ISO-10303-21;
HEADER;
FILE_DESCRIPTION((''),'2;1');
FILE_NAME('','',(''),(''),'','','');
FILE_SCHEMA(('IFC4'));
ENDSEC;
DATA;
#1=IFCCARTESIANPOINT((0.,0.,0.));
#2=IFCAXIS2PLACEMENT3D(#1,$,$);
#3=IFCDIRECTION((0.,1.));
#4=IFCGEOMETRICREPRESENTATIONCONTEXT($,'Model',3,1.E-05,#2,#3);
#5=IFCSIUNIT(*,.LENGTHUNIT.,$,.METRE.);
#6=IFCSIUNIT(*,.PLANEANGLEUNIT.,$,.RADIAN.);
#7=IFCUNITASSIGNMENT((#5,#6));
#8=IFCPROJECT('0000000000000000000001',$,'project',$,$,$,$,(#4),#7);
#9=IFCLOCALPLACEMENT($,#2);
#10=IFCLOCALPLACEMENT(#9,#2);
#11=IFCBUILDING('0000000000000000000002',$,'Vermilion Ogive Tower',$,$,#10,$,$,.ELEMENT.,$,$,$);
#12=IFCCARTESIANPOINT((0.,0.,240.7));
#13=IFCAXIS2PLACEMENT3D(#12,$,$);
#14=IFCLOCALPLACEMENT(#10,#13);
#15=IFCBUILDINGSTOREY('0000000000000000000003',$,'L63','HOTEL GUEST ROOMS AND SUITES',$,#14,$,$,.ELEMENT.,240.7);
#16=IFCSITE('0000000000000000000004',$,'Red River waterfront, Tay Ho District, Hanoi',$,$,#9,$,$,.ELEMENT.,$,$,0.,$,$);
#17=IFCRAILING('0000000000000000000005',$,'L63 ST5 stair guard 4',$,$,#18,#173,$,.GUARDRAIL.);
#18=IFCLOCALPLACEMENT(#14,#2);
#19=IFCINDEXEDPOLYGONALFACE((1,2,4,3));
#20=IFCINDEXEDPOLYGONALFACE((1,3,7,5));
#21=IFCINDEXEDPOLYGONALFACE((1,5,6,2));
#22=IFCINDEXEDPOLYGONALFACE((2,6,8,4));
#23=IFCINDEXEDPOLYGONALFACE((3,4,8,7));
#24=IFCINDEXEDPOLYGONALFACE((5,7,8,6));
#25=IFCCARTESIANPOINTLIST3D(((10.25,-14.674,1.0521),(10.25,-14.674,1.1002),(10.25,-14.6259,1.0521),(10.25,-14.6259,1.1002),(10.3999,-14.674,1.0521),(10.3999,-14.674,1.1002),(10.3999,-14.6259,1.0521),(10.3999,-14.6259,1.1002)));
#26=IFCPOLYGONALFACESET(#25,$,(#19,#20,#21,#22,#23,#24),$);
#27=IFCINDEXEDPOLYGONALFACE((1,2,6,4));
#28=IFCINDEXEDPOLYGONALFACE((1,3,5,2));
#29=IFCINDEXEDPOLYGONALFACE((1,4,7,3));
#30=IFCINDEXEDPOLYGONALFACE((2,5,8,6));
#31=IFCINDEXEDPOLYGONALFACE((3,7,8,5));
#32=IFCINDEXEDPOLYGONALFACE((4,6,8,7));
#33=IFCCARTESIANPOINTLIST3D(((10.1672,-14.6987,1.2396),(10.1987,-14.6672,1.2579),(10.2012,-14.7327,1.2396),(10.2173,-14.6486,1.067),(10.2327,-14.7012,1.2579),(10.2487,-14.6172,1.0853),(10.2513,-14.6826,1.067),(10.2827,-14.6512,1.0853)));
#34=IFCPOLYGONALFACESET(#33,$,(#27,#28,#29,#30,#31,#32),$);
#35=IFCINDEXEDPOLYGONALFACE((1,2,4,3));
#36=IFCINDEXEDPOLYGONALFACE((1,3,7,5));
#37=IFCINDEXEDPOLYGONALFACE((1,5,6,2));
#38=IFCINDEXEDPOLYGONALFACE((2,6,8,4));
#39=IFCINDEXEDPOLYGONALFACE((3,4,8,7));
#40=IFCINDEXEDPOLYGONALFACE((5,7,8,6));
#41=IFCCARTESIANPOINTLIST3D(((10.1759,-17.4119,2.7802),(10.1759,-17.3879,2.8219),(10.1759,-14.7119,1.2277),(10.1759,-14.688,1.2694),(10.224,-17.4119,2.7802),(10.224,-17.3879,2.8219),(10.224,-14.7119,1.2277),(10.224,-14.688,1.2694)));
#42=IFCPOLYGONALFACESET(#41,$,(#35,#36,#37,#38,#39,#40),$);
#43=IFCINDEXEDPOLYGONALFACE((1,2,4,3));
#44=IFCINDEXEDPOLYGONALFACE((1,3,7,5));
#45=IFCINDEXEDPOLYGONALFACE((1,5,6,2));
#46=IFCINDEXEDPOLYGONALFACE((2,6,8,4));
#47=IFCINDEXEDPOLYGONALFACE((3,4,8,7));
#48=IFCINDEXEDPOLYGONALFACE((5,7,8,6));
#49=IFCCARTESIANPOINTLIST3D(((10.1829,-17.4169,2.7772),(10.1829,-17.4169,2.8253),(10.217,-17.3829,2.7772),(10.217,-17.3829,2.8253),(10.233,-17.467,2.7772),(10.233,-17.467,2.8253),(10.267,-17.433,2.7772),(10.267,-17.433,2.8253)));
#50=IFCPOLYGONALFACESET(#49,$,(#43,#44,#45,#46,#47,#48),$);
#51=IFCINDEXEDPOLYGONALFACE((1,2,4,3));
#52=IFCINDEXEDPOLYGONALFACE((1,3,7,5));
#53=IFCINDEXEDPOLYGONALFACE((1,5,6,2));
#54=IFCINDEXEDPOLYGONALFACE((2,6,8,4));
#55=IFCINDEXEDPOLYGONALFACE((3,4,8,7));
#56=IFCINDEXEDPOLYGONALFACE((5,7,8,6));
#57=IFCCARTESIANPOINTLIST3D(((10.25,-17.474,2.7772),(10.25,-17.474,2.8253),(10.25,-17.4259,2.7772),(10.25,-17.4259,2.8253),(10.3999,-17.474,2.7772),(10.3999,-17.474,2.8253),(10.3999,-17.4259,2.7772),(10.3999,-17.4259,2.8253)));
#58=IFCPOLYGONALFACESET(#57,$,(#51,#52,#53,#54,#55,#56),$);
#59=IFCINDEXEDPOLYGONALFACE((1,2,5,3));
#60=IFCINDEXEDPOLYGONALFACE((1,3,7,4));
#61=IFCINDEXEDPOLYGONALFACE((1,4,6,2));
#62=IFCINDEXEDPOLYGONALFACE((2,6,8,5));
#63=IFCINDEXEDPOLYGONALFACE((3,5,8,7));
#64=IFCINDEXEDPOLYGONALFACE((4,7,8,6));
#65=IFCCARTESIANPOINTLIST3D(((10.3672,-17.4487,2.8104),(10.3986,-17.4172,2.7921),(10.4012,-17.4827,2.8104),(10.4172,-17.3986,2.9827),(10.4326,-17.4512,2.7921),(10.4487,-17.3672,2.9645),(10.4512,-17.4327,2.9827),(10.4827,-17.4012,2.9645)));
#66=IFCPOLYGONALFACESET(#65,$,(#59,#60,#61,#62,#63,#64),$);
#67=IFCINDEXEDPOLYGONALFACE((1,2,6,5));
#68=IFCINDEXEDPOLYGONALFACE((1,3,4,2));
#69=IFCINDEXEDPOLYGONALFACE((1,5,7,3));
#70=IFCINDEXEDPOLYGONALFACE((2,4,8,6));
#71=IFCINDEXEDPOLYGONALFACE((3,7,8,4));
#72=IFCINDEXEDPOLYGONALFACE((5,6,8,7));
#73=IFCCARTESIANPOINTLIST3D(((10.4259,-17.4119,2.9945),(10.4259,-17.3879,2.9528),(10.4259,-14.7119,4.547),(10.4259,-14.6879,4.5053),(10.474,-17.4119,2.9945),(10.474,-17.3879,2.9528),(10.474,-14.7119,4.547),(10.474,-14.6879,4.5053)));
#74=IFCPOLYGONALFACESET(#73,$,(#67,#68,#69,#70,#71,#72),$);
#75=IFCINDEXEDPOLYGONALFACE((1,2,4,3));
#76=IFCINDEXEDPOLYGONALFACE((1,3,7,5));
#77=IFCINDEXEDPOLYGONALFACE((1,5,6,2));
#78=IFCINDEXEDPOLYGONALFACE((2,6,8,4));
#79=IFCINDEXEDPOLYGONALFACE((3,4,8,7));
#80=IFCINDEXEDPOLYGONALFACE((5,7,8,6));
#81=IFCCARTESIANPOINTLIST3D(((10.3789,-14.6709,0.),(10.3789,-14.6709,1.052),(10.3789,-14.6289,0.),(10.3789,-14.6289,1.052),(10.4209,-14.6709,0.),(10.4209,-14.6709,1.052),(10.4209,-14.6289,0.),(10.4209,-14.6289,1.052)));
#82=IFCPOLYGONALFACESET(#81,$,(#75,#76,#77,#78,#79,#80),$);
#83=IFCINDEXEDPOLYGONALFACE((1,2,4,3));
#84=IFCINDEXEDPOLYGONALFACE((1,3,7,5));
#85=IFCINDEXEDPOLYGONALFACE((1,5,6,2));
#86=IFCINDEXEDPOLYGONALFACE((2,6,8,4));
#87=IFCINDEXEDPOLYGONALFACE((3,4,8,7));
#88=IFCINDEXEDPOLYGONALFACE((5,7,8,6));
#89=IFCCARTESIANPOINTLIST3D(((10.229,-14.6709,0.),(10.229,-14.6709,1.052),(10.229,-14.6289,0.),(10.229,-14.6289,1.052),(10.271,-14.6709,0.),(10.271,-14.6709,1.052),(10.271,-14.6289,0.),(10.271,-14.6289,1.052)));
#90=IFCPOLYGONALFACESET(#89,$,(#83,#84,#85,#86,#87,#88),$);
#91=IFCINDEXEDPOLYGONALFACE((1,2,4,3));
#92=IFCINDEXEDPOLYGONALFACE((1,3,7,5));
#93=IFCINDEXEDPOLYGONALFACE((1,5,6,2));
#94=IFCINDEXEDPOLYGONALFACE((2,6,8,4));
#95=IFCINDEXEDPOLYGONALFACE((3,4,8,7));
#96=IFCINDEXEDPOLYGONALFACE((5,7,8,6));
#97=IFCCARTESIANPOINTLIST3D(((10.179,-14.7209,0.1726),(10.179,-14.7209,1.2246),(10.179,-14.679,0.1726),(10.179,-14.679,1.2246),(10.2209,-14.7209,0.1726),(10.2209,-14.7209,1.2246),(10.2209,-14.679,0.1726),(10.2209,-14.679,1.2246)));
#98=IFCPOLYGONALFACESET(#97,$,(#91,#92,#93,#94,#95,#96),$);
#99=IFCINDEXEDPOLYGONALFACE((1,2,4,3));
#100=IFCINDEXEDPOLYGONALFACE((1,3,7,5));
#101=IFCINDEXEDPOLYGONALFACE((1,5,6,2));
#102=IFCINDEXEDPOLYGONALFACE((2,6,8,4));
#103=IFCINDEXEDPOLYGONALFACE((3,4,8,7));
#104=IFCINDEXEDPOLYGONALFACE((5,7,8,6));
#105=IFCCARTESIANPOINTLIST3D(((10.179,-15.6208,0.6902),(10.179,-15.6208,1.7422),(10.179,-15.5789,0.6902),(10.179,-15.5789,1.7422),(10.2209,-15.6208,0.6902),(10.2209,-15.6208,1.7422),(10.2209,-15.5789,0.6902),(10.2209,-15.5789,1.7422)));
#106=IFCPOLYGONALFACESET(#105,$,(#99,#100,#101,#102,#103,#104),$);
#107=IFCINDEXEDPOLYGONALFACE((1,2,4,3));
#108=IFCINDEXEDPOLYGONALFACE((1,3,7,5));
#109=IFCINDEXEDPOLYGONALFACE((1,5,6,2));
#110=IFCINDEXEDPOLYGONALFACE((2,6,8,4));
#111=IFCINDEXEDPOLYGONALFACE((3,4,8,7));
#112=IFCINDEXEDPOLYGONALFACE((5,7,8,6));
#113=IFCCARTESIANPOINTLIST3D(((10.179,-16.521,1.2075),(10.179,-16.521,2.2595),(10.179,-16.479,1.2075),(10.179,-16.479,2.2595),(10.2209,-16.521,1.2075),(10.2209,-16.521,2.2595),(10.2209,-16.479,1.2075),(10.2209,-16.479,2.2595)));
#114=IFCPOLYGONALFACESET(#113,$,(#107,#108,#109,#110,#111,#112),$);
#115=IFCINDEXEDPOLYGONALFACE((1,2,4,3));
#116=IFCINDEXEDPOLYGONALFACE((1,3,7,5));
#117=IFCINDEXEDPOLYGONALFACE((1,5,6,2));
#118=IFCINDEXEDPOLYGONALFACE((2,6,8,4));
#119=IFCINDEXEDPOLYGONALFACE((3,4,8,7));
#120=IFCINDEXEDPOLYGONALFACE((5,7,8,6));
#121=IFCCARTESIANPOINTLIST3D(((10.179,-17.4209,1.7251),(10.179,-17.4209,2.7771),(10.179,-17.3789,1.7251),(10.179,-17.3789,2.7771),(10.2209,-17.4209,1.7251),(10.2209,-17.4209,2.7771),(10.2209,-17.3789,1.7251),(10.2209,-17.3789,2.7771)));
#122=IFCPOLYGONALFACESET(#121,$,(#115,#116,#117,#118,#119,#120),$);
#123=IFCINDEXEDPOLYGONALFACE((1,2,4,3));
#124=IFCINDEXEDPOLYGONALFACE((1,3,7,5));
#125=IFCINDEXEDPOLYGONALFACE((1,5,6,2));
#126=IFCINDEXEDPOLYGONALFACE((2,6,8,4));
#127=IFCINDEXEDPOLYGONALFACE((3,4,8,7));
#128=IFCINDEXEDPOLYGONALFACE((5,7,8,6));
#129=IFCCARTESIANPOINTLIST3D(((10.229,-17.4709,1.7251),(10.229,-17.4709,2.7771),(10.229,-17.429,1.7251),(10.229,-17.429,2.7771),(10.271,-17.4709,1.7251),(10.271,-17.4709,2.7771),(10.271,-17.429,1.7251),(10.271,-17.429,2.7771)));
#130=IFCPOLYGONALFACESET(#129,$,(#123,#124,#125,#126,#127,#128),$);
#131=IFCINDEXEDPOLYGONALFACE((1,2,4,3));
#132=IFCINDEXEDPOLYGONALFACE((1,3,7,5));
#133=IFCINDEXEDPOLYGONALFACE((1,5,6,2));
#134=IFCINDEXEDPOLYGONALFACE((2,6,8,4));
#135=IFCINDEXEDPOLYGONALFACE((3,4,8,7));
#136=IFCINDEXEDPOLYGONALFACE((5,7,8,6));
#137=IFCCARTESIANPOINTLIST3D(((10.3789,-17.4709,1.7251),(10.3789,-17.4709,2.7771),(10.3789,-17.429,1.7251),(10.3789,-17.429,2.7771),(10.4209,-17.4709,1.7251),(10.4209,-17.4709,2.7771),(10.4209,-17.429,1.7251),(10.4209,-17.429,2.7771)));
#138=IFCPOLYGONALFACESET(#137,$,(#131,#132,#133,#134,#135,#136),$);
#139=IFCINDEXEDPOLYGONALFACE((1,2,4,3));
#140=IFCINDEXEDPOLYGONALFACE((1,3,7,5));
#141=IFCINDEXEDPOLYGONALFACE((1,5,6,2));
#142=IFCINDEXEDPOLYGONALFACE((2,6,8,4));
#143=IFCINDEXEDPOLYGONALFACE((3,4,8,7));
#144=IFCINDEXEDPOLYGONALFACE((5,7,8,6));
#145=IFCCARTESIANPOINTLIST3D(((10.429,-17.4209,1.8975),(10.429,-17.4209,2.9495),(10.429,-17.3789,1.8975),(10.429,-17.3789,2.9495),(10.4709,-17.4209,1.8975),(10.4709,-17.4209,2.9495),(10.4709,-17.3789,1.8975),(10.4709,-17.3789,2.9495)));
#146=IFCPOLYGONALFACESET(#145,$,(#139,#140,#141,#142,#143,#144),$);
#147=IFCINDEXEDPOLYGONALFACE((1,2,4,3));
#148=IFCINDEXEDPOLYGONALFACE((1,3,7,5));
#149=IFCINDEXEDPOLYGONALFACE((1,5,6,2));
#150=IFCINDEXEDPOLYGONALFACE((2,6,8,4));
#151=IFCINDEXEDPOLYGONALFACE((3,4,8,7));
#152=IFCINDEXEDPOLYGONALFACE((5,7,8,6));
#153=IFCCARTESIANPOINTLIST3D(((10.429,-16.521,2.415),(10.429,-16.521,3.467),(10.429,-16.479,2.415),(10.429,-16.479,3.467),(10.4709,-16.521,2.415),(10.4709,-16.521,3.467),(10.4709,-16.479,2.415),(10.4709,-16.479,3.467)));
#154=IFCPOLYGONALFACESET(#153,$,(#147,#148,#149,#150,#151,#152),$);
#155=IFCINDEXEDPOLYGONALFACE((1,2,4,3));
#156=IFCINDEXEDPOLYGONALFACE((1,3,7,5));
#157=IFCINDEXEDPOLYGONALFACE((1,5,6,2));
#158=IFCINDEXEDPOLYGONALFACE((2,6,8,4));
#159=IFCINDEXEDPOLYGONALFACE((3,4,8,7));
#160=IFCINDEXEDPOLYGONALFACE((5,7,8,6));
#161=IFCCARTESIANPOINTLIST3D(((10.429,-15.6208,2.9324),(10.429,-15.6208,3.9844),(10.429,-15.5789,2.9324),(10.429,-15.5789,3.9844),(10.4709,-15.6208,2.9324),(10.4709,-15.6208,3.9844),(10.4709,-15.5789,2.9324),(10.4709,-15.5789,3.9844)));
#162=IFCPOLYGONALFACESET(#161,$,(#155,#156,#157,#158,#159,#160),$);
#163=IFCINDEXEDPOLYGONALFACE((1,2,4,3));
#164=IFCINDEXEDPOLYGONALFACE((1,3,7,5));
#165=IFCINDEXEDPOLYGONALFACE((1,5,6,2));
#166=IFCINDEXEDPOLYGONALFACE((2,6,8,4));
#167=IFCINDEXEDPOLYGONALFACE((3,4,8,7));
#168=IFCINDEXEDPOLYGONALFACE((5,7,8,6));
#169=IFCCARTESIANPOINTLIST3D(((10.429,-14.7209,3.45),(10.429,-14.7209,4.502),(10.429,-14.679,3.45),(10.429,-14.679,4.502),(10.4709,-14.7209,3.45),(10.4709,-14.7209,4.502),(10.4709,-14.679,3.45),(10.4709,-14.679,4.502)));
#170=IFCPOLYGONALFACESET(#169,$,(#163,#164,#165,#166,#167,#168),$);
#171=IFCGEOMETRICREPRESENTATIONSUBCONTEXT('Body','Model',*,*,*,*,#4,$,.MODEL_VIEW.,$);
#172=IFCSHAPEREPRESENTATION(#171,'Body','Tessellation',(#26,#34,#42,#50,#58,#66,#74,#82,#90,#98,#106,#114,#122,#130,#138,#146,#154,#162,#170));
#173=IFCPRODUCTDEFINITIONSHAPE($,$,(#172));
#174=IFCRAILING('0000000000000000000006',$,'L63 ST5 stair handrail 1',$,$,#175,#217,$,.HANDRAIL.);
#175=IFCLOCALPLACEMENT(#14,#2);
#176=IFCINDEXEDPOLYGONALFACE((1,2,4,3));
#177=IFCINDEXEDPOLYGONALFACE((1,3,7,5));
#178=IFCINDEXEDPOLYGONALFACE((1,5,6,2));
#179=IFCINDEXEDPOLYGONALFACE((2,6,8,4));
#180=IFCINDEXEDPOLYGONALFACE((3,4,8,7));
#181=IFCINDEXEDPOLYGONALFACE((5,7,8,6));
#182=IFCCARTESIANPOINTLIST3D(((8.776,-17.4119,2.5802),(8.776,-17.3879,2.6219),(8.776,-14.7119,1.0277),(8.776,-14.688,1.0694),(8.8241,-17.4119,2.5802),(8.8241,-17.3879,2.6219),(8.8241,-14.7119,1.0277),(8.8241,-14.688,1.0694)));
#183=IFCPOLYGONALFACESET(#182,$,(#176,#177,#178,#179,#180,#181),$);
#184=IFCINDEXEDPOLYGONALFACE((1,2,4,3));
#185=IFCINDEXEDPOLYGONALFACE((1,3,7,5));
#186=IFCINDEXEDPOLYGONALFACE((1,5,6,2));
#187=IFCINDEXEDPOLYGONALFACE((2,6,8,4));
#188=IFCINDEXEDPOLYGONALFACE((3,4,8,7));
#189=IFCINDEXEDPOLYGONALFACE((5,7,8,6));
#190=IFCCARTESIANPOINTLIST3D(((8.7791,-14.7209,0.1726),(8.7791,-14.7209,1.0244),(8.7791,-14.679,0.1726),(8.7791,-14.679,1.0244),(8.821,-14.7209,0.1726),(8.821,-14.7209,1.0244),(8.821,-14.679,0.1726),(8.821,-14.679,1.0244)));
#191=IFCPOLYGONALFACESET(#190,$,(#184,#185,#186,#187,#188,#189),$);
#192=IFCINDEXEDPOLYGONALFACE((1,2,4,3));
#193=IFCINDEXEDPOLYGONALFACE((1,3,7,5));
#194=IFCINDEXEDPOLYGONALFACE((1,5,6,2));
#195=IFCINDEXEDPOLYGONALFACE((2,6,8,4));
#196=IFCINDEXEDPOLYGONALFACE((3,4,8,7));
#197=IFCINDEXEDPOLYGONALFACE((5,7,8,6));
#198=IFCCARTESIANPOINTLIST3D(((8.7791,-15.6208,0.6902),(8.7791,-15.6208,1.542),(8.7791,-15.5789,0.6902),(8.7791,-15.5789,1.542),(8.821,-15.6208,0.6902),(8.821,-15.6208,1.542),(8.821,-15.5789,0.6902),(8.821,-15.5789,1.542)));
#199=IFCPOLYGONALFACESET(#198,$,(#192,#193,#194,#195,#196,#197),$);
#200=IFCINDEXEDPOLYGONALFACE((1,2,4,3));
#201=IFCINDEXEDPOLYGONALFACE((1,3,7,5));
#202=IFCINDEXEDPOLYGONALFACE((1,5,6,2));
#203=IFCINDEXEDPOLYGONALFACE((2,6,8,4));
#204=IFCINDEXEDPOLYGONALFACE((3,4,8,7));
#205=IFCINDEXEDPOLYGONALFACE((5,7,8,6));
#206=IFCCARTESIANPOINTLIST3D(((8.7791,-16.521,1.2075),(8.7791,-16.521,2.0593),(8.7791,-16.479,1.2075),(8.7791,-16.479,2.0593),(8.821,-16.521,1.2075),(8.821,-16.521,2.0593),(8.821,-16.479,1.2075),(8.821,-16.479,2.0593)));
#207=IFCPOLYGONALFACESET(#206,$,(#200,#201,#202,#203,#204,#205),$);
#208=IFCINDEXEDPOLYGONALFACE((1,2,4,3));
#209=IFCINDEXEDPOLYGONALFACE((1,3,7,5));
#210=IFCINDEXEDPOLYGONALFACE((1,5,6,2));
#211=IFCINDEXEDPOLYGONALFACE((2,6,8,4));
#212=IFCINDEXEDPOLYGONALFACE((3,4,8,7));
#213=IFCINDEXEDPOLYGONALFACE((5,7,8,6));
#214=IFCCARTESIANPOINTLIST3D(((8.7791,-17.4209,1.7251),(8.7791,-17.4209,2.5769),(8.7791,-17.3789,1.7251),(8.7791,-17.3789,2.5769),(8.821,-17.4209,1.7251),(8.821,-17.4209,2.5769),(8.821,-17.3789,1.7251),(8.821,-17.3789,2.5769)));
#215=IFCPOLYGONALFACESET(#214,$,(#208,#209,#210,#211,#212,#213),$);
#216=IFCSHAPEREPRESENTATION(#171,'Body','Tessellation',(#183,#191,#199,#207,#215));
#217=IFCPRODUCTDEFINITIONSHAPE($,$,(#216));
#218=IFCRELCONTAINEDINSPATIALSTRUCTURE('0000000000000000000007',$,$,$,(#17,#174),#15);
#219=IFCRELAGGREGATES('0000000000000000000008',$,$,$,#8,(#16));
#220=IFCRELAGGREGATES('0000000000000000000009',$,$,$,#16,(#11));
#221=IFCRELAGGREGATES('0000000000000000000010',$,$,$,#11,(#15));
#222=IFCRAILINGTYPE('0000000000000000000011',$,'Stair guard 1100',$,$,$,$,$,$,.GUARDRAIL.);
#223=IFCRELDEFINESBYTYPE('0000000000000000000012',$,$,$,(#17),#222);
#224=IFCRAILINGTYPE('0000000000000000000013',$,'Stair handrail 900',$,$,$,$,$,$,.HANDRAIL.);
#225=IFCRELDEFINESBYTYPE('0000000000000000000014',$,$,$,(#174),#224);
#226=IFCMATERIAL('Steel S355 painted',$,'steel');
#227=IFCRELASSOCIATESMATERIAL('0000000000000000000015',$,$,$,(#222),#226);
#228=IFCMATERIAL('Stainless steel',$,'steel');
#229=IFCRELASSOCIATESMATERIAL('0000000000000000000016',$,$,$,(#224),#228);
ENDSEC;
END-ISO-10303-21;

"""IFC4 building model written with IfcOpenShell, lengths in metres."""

from ifc_helpers import new_model, si_unit, direction, frame, origin, origin_2d, place, context, subcontext, project, spatial, rectangle, extrude, material, type_object, element, save


model = new_model("IFC4")

# Units and contexts
model_context = context("Model", 3, precision=1e-05, world=origin(), true_north=direction((0.0, 1.0)))
body_context = subcontext(model_context, "Body", "Model", "MODEL_VIEW")
ifc_project = project(units=[si_unit("LENGTHUNIT", "METRE"), si_unit("PLANEANGLEUNIT", "RADIAN")], contexts=[model_context])

# Site, building, storey
site_placement = place(None, origin())
site = spatial("IfcSite", under=ifc_project, at=site_placement, Name="Red River waterfront, Tay Ho District, Hanoi", CompositionType="ELEMENT", RefElevation=0.0)
building_placement = place(site_placement, origin())
building = spatial("IfcBuilding", under=site, at=building_placement, Name="Vermilion Ogive Tower", CompositionType="ELEMENT")
storey_placement = place(building_placement, frame((0.0, 0.0, 240.7)))
storey = spatial("IfcBuildingStorey", under=building, at=storey_placement, Name="L63", Description="HOTEL GUEST ROOMS AND SUITES", CompositionType="ELEMENT", Elevation=240.7)

# Railings
ifc_material_1 = material(Name="Steel S355 painted", Category="steel")
railing_type_1 = type_object("IfcRailingType", Name="Stair guard 1100", PredefinedType="GUARDRAIL", material=ifc_material_1)
railing_1_placement = place(storey_placement, frame((10.3999, -14.6499, 0.0)))
element("IfcRailing", 1, at=railing_1_placement, inside=storey, type_object=railing_type_1, Name="L63 ST5 stair guard 4", PredefinedType="GUARDRAIL", context=body_context, shape_type="SweptSolid", body=[
    extrude(rectangle(XDim=0.0481, YDim=0.0481, at=origin_2d()), frame((0.0, 0.0, 1.0762), z_axis=(-1.0, 0.0, 0.0), x_axis=(0.0, -1.0, 0.0)), (0.0, 0.0, 1.0), 0.1499),
    extrude(rectangle(XDim=0.0481, YDim=0.0481, at=origin_2d()), frame((-0.1499, 0.0, 1.0762), z_axis=(-0.268278, -0.268278, 0.925232), x_axis=(0.707107, -0.707107, 0.0)), (0.0, 0.0, 1.0), 0.1865),
    extrude(rectangle(XDim=0.0481, YDim=0.0481, at=origin_2d()), frame((-0.2, -0.05, 1.2485), z_axis=(0.0, -0.866904, 0.498476), x_axis=(1.0, 0.0, 0.0)), (0.0, 0.0, 1.0), 3.1145),
    extrude(rectangle(XDim=0.0481, YDim=0.0481, at=origin_2d()), frame((-0.2, -2.75, 2.8013), z_axis=(0.707107, -0.707107, 0.0), x_axis=(0.707107, 0.707107, 0.0)), (0.0, 0.0, 1.0), 0.0708),
    extrude(rectangle(XDim=0.0481, YDim=0.0481, at=origin_2d()), frame((-0.1499, -2.8, 2.8013), z_axis=(1.0, 0.0, 0.0), x_axis=(0.0, 1.0, 0.0)), (0.0, 0.0, 1.0), 0.1499),
    extrude(rectangle(XDim=0.0481, YDim=0.0481, at=origin_2d()), frame((0.0, -2.8, 2.8013), z_axis=(0.268603, 0.268603, 0.925043), x_axis=(-0.707107, 0.707107, 0.0)), (0.0, 0.0, 1.0), 0.1863),
    extrude(rectangle(XDim=0.0481, YDim=0.0481, at=origin_2d()), frame((0.05, -2.75, 2.9736), z_axis=(0.0, 0.866904, 0.498476), x_axis=(-1.0, 0.0, 0.0)), (0.0, 0.0, 1.0), 3.1145),
    extrude(rectangle(XDim=0.042, YDim=0.042, at=origin_2d()), origin(), (0.0, 0.0, 1.0), 1.052),
    extrude(rectangle(XDim=0.042, YDim=0.042, at=origin_2d()), frame((-0.1499, 0.0, 0.0)), (0.0, 0.0, 1.0), 1.052),
    extrude(rectangle(XDim=0.042, YDim=0.042, at=origin_2d()), frame((-0.2, -0.05, 0.1726)), (0.0, 0.0, 1.0), 1.052),
    extrude(rectangle(XDim=0.042, YDim=0.042, at=origin_2d()), frame((-0.2, -0.95, 0.6902)), (0.0, 0.0, 1.0), 1.052),
    extrude(rectangle(XDim=0.042, YDim=0.042, at=origin_2d()), frame((-0.2, -1.8501, 1.2075)), (0.0, 0.0, 1.0), 1.052),
    extrude(rectangle(XDim=0.042, YDim=0.042, at=origin_2d()), frame((-0.2, -2.75, 1.7251)), (0.0, 0.0, 1.0), 1.052),
    extrude(rectangle(XDim=0.042, YDim=0.042, at=origin_2d()), frame((-0.1499, -2.8, 1.7251)), (0.0, 0.0, 1.0), 1.052),
    extrude(rectangle(XDim=0.042, YDim=0.042, at=origin_2d()), frame((0.0, -2.8, 1.7251)), (0.0, 0.0, 1.0), 1.052),
    extrude(rectangle(XDim=0.042, YDim=0.042, at=origin_2d()), frame((0.05, -2.75, 1.8975)), (0.0, 0.0, 1.0), 1.052),
    extrude(rectangle(XDim=0.042, YDim=0.042, at=origin_2d()), frame((0.05, -1.8501, 2.415)), (0.0, 0.0, 1.0), 1.052),
    extrude(rectangle(XDim=0.042, YDim=0.042, at=origin_2d()), frame((0.05, -0.95, 2.9324)), (0.0, 0.0, 1.0), 1.052),
    extrude(rectangle(XDim=0.042, YDim=0.042, at=origin_2d()), frame((0.05, -0.05, 3.45)), (0.0, 0.0, 1.0), 1.052),
])
ifc_material_2 = material(Name="Stainless steel", Category="steel")
railing_type_2 = type_object("IfcRailingType", Name="Stair handrail 900", PredefinedType="HANDRAIL", material=ifc_material_2)
railing_2_placement = place(storey_placement, frame((8.8, -14.7, 0.1726)))
element("IfcRailing", 2, at=railing_2_placement, inside=storey, type_object=railing_type_2, Name="L63 ST5 stair handrail 1", PredefinedType="HANDRAIL", context=body_context, shape_type="SweptSolid", body=[
    extrude(rectangle(XDim=0.0481, YDim=0.0481, at=origin_2d()), frame((0.0, 0.0, 0.876), z_axis=(0.0, -0.866904, 0.498476), x_axis=(1.0, 0.0, 0.0)), (0.0, 0.0, 1.0), 3.1145),
    extrude(rectangle(XDim=0.042, YDim=0.042, at=origin_2d()), origin(), (0.0, 0.0, 1.0), 0.8518),
    extrude(rectangle(XDim=0.042, YDim=0.042, at=origin_2d()), frame((0.0, -0.8999, 0.5176)), (0.0, 0.0, 1.0), 0.8518),
    extrude(rectangle(XDim=0.042, YDim=0.042, at=origin_2d()), frame((0.0, -1.8, 1.0349)), (0.0, 0.0, 1.0), 0.8518),
    extrude(rectangle(XDim=0.042, YDim=0.042, at=origin_2d()), frame((0.0, -2.7, 1.5525)), (0.0, 0.0, 1.0), 0.8518),
])

save(model, "model.ifc")
